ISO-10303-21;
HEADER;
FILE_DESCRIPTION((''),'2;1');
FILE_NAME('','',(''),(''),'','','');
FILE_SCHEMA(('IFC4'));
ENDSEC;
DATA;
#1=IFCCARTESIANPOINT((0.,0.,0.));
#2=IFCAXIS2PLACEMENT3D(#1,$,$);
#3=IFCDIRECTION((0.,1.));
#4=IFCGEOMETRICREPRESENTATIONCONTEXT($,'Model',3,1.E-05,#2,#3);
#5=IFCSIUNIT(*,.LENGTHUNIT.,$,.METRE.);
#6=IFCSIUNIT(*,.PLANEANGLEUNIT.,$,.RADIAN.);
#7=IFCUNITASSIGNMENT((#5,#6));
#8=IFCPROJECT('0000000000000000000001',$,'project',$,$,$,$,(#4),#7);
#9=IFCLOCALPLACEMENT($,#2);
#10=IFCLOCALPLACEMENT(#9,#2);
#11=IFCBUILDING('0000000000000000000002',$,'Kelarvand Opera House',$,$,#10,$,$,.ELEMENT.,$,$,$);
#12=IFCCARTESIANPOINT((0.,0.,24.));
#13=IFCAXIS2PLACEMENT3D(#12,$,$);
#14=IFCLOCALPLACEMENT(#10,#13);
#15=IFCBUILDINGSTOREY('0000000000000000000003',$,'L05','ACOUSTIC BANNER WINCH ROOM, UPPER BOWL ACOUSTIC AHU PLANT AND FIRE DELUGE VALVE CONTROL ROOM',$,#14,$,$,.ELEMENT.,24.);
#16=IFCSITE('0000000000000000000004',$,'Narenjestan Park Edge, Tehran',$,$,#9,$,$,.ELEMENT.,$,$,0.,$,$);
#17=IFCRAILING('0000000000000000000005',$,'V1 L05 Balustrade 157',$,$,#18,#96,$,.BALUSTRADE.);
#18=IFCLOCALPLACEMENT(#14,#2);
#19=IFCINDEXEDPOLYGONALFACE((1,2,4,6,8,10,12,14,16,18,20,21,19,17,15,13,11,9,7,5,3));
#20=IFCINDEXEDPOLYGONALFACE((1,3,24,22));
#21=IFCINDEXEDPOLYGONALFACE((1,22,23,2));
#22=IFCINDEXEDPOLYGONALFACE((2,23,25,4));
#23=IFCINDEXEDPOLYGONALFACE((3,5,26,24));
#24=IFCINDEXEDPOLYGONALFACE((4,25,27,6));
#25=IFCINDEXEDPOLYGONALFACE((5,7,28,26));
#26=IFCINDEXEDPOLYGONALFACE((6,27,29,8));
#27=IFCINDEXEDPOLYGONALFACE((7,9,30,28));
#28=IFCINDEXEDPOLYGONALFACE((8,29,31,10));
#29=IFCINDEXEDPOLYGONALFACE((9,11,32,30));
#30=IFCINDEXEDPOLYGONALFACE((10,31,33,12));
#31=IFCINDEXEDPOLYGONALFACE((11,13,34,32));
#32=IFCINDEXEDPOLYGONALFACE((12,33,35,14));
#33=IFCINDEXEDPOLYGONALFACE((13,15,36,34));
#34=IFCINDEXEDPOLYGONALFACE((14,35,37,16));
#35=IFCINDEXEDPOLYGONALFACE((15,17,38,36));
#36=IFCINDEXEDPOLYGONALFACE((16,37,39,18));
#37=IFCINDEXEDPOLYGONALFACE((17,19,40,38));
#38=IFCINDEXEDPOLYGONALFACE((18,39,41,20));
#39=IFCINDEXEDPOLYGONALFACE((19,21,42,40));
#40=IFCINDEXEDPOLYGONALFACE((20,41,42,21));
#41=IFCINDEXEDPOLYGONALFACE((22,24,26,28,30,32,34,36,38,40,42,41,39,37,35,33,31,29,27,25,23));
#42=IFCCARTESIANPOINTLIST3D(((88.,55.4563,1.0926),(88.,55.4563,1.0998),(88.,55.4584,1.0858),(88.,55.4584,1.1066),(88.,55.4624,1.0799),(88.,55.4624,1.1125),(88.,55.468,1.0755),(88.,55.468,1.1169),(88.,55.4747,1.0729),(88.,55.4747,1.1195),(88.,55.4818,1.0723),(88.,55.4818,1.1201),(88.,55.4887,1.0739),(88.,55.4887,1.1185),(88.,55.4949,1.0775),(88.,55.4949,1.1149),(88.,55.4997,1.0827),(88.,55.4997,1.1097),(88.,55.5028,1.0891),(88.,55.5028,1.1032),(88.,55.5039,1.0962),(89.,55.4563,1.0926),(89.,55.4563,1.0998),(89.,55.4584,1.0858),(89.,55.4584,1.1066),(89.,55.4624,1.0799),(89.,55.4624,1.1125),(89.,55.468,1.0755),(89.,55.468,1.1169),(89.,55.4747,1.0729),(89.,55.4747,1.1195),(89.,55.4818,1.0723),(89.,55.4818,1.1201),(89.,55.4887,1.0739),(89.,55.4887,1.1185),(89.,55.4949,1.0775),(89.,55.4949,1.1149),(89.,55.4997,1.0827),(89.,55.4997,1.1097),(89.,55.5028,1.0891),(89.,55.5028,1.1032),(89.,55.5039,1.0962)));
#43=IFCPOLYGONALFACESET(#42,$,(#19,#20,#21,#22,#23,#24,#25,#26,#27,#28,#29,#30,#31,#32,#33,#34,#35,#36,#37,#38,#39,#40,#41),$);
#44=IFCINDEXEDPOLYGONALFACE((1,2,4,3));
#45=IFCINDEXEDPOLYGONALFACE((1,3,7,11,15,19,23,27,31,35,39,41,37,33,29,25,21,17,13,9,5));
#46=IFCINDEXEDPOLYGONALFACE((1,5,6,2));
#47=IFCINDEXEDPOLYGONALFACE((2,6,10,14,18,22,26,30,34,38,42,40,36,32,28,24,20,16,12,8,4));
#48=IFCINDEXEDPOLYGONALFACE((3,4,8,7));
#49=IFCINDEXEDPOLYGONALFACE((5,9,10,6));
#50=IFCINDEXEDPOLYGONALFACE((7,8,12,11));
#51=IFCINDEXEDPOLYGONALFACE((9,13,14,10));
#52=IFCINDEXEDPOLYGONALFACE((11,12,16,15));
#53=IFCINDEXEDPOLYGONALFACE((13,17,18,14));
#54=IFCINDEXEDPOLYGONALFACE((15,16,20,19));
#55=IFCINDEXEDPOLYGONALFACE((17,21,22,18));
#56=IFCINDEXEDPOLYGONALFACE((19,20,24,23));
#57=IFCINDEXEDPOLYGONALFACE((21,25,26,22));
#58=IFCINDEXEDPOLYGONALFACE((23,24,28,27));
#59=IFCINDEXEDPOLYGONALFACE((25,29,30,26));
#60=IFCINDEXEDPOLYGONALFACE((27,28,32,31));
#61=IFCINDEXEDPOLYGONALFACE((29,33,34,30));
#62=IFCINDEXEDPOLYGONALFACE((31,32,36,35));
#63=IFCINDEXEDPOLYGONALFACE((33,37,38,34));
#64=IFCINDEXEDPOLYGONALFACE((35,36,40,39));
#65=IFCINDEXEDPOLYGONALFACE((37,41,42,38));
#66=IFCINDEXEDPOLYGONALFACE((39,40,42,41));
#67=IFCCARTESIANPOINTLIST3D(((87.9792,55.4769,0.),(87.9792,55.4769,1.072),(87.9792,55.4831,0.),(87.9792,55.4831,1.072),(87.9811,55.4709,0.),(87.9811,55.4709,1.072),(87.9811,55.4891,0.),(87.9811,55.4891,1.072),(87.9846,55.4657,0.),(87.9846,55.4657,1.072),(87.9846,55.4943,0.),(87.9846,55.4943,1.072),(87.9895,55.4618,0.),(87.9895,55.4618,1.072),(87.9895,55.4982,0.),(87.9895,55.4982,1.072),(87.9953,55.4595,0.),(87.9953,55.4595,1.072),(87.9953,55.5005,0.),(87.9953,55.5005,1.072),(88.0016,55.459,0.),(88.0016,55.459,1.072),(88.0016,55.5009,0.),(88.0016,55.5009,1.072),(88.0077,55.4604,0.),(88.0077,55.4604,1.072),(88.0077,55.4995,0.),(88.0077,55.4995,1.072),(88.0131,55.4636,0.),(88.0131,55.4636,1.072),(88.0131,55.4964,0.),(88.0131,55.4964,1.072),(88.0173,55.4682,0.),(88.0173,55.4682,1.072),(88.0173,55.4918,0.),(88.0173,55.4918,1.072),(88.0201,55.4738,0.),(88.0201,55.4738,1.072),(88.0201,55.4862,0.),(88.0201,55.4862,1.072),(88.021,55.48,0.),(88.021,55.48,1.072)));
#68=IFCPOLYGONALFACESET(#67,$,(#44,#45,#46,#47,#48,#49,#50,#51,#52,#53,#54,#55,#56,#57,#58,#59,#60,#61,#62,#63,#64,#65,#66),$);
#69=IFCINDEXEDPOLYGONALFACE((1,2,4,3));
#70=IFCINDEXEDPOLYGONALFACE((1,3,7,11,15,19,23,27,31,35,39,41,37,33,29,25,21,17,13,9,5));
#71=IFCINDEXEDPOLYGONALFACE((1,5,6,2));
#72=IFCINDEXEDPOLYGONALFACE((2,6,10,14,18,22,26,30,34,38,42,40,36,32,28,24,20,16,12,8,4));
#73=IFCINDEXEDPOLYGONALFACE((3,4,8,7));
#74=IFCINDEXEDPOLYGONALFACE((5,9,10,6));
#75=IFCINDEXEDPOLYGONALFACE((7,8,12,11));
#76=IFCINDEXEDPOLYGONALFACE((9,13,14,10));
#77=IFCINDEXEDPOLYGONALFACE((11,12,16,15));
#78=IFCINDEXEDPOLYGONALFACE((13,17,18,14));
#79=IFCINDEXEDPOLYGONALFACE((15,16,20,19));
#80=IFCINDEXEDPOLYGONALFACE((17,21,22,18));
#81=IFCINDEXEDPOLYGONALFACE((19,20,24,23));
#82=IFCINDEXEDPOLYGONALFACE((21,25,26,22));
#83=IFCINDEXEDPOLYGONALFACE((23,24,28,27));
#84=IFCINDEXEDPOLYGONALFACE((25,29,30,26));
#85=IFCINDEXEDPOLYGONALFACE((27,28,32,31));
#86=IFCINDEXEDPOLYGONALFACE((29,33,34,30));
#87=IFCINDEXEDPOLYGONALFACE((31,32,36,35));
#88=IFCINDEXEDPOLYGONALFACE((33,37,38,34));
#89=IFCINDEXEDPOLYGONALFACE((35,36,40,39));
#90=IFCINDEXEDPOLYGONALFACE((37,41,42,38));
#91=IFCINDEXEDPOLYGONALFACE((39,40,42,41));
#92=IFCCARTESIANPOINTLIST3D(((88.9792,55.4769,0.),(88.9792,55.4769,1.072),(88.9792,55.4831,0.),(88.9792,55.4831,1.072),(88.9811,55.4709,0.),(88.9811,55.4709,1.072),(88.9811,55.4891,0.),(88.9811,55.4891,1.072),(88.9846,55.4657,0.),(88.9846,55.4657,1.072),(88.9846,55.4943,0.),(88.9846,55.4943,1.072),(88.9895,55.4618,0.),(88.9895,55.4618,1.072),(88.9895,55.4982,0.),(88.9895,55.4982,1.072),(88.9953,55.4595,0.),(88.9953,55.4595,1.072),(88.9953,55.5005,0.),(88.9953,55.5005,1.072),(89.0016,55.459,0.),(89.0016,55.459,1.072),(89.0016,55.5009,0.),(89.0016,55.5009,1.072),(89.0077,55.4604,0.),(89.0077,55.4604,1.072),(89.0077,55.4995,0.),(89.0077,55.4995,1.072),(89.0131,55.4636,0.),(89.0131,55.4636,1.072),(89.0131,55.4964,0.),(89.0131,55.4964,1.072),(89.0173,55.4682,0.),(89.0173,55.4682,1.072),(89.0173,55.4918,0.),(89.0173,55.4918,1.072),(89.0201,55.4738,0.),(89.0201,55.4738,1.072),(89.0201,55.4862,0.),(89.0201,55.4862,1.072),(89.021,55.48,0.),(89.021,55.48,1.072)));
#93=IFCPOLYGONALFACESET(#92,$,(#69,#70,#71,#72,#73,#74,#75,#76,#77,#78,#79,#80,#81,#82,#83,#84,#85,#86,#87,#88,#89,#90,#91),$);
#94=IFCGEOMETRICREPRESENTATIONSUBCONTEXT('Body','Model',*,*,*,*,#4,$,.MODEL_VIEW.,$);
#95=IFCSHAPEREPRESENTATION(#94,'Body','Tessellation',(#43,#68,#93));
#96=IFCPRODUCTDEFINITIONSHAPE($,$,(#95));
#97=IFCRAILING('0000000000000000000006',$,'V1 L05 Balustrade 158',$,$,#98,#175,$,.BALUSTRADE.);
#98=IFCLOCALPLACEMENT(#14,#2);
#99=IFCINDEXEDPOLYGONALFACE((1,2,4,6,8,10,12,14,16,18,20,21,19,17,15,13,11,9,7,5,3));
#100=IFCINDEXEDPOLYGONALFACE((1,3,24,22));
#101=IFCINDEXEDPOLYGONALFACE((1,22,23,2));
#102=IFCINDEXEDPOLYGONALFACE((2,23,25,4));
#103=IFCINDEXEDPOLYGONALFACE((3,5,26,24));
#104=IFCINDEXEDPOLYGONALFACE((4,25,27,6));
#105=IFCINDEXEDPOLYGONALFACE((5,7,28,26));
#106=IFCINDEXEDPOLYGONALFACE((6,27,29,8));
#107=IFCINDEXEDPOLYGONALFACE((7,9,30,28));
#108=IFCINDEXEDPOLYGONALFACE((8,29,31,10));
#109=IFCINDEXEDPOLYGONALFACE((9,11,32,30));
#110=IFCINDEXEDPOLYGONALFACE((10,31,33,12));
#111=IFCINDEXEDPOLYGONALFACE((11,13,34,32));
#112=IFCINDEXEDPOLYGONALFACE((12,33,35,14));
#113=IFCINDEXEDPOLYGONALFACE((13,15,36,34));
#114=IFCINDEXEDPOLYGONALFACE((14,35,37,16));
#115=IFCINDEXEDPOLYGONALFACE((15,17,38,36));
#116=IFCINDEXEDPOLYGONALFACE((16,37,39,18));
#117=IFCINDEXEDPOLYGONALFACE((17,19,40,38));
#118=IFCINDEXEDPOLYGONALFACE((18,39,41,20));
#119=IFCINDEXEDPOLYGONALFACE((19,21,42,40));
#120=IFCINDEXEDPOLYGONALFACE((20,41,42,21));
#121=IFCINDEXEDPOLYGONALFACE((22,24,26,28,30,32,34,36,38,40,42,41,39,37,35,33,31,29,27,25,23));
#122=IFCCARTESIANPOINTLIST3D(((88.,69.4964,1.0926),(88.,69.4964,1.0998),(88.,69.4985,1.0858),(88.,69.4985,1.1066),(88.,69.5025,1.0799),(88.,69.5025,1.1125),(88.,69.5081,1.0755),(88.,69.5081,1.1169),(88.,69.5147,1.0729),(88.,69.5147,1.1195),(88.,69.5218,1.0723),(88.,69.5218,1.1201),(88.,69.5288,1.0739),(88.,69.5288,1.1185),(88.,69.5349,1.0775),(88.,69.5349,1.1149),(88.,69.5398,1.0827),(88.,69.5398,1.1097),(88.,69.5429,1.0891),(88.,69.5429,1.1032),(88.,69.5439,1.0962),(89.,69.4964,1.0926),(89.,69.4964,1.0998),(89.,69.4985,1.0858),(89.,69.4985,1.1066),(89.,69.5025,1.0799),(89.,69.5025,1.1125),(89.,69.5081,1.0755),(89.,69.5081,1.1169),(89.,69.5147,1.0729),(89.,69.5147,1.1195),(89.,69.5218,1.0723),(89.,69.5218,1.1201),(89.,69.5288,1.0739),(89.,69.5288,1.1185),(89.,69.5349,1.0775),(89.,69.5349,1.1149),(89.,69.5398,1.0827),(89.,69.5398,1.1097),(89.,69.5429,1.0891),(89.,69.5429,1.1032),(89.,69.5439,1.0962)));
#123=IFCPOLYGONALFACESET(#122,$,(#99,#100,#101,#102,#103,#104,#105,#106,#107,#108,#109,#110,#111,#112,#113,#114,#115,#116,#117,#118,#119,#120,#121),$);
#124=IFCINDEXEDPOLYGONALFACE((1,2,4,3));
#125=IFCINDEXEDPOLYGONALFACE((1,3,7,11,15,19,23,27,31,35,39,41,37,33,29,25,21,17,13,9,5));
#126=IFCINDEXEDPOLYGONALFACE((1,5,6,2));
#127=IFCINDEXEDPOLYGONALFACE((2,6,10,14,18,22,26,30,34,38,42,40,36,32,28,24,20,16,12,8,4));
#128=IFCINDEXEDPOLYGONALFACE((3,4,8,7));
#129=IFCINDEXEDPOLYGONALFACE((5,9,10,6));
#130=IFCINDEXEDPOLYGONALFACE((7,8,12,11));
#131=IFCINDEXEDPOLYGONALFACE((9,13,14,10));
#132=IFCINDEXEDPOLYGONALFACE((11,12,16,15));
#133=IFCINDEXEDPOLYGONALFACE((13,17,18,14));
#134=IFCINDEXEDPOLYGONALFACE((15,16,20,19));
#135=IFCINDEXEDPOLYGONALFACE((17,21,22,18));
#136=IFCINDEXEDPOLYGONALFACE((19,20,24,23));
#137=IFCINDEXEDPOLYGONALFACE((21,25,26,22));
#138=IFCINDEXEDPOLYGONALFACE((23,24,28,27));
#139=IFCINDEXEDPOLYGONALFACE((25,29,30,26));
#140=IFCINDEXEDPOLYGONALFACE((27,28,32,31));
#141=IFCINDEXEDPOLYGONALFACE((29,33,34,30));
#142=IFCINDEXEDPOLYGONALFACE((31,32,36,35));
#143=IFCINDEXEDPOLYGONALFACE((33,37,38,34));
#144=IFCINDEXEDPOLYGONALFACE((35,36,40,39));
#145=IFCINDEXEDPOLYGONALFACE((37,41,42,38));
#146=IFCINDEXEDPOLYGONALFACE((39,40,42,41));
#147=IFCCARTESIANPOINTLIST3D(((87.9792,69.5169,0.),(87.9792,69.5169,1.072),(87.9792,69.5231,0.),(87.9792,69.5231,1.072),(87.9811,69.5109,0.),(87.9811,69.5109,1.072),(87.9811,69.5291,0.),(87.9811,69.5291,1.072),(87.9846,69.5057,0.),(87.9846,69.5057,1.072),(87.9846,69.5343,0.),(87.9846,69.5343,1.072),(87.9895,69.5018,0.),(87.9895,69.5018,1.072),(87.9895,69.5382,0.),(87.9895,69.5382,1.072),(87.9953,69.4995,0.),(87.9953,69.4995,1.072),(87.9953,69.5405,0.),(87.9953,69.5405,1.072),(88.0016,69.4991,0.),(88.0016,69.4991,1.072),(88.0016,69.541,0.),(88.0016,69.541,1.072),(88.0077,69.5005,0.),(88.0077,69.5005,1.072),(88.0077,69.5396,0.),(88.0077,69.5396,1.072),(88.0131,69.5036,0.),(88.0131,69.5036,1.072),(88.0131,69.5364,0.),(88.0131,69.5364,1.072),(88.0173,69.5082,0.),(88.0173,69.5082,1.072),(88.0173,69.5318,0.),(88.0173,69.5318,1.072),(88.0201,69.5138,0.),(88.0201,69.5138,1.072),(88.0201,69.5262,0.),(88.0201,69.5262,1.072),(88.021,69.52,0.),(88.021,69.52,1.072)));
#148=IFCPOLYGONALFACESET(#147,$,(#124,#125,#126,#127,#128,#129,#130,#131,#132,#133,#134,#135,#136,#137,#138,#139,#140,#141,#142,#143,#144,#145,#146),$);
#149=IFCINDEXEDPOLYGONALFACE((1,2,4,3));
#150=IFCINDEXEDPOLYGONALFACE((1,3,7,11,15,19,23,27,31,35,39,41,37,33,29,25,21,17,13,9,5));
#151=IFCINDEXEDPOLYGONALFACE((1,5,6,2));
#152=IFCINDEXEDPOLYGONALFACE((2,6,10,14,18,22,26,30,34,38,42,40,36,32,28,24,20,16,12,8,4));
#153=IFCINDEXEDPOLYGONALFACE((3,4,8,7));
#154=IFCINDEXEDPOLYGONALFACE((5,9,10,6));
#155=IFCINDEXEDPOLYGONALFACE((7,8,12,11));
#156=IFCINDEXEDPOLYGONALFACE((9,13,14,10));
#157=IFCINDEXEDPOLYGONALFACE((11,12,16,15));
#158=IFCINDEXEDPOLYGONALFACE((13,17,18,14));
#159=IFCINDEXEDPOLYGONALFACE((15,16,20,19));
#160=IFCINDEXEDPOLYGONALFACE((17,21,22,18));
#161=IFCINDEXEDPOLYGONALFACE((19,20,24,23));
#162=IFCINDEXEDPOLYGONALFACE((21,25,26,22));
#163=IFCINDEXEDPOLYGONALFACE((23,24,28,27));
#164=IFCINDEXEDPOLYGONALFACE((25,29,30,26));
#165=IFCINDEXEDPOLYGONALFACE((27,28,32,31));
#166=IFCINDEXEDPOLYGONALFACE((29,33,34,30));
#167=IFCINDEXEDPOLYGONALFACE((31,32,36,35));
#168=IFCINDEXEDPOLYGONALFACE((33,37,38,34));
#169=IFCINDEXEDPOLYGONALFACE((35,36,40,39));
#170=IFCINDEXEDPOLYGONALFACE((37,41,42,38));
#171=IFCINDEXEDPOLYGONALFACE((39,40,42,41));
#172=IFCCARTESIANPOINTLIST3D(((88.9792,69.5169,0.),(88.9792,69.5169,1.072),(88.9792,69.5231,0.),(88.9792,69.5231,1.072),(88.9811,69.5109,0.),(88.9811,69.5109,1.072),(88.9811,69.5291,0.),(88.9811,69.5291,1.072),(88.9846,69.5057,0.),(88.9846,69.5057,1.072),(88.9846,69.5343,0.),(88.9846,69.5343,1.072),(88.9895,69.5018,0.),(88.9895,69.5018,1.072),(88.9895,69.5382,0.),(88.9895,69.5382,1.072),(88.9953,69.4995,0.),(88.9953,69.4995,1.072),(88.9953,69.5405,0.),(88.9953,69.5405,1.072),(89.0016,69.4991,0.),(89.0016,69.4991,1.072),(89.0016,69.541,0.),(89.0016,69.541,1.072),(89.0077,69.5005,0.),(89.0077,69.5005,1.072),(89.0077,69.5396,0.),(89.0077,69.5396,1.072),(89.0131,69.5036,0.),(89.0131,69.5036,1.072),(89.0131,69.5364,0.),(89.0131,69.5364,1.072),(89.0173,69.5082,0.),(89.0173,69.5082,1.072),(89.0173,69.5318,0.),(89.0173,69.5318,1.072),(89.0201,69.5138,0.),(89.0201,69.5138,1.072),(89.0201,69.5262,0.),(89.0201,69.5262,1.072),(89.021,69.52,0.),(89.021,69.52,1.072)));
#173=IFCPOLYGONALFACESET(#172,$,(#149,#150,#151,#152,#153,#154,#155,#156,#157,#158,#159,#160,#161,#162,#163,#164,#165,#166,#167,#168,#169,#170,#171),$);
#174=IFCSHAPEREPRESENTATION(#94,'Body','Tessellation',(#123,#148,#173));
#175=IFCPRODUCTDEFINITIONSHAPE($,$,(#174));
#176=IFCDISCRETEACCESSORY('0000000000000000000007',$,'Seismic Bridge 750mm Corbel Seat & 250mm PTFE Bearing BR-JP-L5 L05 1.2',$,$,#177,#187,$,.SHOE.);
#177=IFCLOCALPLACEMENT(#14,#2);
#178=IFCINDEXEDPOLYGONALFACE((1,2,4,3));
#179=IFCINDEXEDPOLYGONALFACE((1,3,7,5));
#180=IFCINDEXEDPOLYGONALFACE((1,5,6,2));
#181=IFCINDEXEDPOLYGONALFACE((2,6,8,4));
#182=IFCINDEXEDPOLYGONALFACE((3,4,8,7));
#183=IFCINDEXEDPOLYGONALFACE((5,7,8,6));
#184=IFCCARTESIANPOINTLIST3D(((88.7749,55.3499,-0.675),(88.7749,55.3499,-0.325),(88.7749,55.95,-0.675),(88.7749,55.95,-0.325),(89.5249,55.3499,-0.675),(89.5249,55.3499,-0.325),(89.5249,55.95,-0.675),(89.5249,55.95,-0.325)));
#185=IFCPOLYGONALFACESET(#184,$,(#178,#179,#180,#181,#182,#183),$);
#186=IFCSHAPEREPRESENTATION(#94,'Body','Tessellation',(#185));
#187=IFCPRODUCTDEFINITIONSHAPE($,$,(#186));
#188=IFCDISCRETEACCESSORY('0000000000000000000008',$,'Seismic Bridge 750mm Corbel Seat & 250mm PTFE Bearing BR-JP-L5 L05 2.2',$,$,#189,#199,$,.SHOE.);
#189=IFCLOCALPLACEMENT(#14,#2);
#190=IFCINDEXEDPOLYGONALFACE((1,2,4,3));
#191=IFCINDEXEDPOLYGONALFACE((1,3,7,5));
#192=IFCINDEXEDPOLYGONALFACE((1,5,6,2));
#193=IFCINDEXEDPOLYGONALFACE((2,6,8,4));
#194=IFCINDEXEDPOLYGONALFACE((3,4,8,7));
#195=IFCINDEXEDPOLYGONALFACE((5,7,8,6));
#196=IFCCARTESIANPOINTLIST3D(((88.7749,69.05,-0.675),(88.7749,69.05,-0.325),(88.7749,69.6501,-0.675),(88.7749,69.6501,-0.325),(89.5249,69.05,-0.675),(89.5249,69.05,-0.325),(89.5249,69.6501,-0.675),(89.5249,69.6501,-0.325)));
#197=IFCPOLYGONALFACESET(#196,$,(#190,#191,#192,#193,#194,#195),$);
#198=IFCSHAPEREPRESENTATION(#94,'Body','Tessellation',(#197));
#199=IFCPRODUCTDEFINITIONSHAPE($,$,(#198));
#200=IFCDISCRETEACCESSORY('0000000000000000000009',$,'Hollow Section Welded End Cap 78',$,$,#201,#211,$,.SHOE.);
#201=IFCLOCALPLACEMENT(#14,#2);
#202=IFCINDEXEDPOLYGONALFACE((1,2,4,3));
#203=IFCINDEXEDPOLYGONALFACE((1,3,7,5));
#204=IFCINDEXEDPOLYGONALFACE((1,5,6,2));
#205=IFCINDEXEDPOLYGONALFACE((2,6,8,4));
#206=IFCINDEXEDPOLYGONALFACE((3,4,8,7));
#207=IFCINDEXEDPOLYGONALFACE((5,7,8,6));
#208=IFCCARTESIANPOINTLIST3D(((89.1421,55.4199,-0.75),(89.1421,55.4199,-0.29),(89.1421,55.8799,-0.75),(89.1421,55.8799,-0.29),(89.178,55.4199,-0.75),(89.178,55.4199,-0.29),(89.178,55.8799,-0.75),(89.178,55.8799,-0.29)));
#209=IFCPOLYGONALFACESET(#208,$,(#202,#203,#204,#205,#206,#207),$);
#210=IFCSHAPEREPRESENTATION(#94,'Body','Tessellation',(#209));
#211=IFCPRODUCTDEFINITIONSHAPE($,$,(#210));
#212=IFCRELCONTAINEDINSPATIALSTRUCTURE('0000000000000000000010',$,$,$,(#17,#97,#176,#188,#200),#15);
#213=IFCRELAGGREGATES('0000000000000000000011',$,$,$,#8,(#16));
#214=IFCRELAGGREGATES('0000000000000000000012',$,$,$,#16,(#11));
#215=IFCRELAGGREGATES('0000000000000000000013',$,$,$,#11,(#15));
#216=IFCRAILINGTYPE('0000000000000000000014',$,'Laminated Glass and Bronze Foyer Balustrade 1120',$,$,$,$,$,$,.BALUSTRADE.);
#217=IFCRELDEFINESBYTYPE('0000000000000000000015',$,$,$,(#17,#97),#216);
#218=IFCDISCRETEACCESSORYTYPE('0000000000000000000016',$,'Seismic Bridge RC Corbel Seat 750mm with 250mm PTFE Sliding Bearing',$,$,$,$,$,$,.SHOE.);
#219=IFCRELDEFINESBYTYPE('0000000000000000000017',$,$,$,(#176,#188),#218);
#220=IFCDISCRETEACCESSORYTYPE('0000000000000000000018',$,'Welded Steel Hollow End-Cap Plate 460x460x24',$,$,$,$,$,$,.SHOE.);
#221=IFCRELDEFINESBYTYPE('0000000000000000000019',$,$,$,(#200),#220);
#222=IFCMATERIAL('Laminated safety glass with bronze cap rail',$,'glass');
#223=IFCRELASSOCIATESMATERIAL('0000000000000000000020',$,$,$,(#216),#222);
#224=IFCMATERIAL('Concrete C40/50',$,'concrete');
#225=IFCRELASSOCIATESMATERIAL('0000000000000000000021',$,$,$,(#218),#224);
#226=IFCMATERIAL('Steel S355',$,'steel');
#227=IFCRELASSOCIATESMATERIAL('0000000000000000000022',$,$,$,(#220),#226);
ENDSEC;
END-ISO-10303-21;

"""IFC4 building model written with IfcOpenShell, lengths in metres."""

from ifc_helpers import new_model, si_unit, direction, frame, origin, origin_2d, place, context, subcontext, project, spatial, rectangle, circle, extrude, material, material_profile, profile_set, type_object, element, save


model = new_model("IFC4")

# Units and contexts
model_context = context("Model", 3, precision=1e-05, world=origin(), true_north=direction((0.0, 1.0)))
body_context = subcontext(model_context, "Body", "Model", "MODEL_VIEW")
ifc_project = project(units=[si_unit("LENGTHUNIT", "METRE"), si_unit("PLANEANGLEUNIT", "RADIAN")], contexts=[model_context])

# Site, building, storey
site_placement = place(None, origin())
site = spatial("IfcSite", under=ifc_project, at=site_placement, Name="Narenjestan Park Edge, Tehran", CompositionType="ELEMENT", RefElevation=0.0)
building_placement = place(site_placement, origin())
building = spatial("IfcBuilding", under=site, at=building_placement, Name="Kelarvand Opera House", CompositionType="ELEMENT")
storey_placement = place(building_placement, frame((0.0, 0.0, 24.0)))
storey = spatial("IfcBuildingStorey", under=building, at=storey_placement, Name="L05", Description="ACOUSTIC BANNER WINCH ROOM, UPPER BOWL ACOUSTIC AHU PLANT AND FIRE DELUGE VALVE CONTROL ROOM", CompositionType="ELEMENT", Elevation=24.0)

# Shared definitions
ifc_material_1 = material(Name="Concrete C40/50", Category="concrete")

# Railings
ifc_material_2 = material(Name="Laminated safety glass with bronze cap rail", Category="glass")
railing_type = type_object("IfcRailingType", Name="Laminated Glass and Bronze Foyer Balustrade 1120", PredefinedType="BALUSTRADE", material=ifc_material_2)
for number, where, name in (
    (1, (88.0, 55.48, 0.0), "V1 L05 Balustrade 157"),
    (2, (88.0, 69.52, 0.0), "V1 L05 Balustrade 158"),
):
    element("IfcRailing", number, at=place(storey_placement, frame(where)), inside=storey, type_object=railing_type, Name=name, PredefinedType="BALUSTRADE", context=body_context, shape_type="SweptSolid", body=[
        extrude(circle(Radius=0.0239, at=origin_2d()), frame((0.0, 0.0, 1.0962), z_axis=(1.0, 0.0, 0.0), x_axis=(0.0, 1.0, 0.0)), (0.0, 0.0, 1.0), 1.0),
        extrude(circle(Radius=0.021, at=origin_2d()), origin(), (0.0, 0.0, 1.0), 1.072),
        extrude(circle(Radius=0.021, at=origin_2d()), frame((1.0, 0.0, 0.0)), (0.0, 0.0, 1.0), 1.072),
    ])

# Discrete accessories
discrete_accessory_type_1 = type_object("IfcDiscreteAccessoryType", Name="Seismic Bridge RC Corbel Seat 750mm with 250mm PTFE Sliding Bearing", PredefinedType="SHOE", material=ifc_material_1)
for number, where, z_axis, x_axis, name in (
    (3, (89.1499, 55.6499, -0.675), (0.0, 0.0, 1.0), (1.0, 0.0, 0.0), "Seismic Bridge 750mm Corbel Seat & 250mm PTFE Bearing BR-JP-L5 L05 1.2"),
    (4, (89.1499, 69.3501, -0.675), (0.0, 0.0, 1.0), (1.0, 0.0, 0.0), "Seismic Bridge 750mm Corbel Seat & 250mm PTFE Bearing BR-JP-L5 L05 2.2"),
):
    element("IfcDiscreteAccessory", number, at=place(storey_placement, frame(where, z_axis=z_axis, x_axis=x_axis)), inside=storey, type_object=discrete_accessory_type_1, Name=name, PredefinedType="SHOE", context=body_context, shape_type="SweptSolid", body=[
        extrude(rectangle(XDim=0.75, YDim=0.6001, at=origin_2d()), origin(), (0.0, 0.0, 1.0), 0.3501),
    ])
ifc_material_3 = material(Name="Steel S355", Category="steel")
ifc_material_profile_1 = material_profile(ifc_material_3, rectangle(XDim=0.46, YDim=0.46, at=origin_2d()), Name="Welded Steel Hollow End-Cap Plate 460x460x24", Category="steel")
ifc_profile_set_1 = profile_set([ifc_material_profile_1], Name="Steel S355")
discrete_accessory_type_2 = type_object("IfcDiscreteAccessoryType", Name="Welded Steel Hollow End-Cap Plate 460x460x24", PredefinedType="SHOE", material=ifc_profile_set_1)
for number, where, z_axis, x_axis, name in (
    (5, (89.1421, 55.6499, -0.52), (1.0, 0.0, 0.0), (0.0, 1.0, 0.0), "Hollow Section Welded End Cap 78"),
):
    element("IfcDiscreteAccessory", number, at=place(storey_placement, frame(where, z_axis=z_axis, x_axis=x_axis)), inside=storey, type_object=discrete_accessory_type_2, Name=name, PredefinedType="SHOE", context=body_context, shape_type="SweptSolid", body=[
        extrude(rectangle(XDim=0.46, YDim=0.46, at=origin_2d()), origin(), (0.0, 0.0, 1.0), 0.0359),
    ])

save(model, "model.ifc")
